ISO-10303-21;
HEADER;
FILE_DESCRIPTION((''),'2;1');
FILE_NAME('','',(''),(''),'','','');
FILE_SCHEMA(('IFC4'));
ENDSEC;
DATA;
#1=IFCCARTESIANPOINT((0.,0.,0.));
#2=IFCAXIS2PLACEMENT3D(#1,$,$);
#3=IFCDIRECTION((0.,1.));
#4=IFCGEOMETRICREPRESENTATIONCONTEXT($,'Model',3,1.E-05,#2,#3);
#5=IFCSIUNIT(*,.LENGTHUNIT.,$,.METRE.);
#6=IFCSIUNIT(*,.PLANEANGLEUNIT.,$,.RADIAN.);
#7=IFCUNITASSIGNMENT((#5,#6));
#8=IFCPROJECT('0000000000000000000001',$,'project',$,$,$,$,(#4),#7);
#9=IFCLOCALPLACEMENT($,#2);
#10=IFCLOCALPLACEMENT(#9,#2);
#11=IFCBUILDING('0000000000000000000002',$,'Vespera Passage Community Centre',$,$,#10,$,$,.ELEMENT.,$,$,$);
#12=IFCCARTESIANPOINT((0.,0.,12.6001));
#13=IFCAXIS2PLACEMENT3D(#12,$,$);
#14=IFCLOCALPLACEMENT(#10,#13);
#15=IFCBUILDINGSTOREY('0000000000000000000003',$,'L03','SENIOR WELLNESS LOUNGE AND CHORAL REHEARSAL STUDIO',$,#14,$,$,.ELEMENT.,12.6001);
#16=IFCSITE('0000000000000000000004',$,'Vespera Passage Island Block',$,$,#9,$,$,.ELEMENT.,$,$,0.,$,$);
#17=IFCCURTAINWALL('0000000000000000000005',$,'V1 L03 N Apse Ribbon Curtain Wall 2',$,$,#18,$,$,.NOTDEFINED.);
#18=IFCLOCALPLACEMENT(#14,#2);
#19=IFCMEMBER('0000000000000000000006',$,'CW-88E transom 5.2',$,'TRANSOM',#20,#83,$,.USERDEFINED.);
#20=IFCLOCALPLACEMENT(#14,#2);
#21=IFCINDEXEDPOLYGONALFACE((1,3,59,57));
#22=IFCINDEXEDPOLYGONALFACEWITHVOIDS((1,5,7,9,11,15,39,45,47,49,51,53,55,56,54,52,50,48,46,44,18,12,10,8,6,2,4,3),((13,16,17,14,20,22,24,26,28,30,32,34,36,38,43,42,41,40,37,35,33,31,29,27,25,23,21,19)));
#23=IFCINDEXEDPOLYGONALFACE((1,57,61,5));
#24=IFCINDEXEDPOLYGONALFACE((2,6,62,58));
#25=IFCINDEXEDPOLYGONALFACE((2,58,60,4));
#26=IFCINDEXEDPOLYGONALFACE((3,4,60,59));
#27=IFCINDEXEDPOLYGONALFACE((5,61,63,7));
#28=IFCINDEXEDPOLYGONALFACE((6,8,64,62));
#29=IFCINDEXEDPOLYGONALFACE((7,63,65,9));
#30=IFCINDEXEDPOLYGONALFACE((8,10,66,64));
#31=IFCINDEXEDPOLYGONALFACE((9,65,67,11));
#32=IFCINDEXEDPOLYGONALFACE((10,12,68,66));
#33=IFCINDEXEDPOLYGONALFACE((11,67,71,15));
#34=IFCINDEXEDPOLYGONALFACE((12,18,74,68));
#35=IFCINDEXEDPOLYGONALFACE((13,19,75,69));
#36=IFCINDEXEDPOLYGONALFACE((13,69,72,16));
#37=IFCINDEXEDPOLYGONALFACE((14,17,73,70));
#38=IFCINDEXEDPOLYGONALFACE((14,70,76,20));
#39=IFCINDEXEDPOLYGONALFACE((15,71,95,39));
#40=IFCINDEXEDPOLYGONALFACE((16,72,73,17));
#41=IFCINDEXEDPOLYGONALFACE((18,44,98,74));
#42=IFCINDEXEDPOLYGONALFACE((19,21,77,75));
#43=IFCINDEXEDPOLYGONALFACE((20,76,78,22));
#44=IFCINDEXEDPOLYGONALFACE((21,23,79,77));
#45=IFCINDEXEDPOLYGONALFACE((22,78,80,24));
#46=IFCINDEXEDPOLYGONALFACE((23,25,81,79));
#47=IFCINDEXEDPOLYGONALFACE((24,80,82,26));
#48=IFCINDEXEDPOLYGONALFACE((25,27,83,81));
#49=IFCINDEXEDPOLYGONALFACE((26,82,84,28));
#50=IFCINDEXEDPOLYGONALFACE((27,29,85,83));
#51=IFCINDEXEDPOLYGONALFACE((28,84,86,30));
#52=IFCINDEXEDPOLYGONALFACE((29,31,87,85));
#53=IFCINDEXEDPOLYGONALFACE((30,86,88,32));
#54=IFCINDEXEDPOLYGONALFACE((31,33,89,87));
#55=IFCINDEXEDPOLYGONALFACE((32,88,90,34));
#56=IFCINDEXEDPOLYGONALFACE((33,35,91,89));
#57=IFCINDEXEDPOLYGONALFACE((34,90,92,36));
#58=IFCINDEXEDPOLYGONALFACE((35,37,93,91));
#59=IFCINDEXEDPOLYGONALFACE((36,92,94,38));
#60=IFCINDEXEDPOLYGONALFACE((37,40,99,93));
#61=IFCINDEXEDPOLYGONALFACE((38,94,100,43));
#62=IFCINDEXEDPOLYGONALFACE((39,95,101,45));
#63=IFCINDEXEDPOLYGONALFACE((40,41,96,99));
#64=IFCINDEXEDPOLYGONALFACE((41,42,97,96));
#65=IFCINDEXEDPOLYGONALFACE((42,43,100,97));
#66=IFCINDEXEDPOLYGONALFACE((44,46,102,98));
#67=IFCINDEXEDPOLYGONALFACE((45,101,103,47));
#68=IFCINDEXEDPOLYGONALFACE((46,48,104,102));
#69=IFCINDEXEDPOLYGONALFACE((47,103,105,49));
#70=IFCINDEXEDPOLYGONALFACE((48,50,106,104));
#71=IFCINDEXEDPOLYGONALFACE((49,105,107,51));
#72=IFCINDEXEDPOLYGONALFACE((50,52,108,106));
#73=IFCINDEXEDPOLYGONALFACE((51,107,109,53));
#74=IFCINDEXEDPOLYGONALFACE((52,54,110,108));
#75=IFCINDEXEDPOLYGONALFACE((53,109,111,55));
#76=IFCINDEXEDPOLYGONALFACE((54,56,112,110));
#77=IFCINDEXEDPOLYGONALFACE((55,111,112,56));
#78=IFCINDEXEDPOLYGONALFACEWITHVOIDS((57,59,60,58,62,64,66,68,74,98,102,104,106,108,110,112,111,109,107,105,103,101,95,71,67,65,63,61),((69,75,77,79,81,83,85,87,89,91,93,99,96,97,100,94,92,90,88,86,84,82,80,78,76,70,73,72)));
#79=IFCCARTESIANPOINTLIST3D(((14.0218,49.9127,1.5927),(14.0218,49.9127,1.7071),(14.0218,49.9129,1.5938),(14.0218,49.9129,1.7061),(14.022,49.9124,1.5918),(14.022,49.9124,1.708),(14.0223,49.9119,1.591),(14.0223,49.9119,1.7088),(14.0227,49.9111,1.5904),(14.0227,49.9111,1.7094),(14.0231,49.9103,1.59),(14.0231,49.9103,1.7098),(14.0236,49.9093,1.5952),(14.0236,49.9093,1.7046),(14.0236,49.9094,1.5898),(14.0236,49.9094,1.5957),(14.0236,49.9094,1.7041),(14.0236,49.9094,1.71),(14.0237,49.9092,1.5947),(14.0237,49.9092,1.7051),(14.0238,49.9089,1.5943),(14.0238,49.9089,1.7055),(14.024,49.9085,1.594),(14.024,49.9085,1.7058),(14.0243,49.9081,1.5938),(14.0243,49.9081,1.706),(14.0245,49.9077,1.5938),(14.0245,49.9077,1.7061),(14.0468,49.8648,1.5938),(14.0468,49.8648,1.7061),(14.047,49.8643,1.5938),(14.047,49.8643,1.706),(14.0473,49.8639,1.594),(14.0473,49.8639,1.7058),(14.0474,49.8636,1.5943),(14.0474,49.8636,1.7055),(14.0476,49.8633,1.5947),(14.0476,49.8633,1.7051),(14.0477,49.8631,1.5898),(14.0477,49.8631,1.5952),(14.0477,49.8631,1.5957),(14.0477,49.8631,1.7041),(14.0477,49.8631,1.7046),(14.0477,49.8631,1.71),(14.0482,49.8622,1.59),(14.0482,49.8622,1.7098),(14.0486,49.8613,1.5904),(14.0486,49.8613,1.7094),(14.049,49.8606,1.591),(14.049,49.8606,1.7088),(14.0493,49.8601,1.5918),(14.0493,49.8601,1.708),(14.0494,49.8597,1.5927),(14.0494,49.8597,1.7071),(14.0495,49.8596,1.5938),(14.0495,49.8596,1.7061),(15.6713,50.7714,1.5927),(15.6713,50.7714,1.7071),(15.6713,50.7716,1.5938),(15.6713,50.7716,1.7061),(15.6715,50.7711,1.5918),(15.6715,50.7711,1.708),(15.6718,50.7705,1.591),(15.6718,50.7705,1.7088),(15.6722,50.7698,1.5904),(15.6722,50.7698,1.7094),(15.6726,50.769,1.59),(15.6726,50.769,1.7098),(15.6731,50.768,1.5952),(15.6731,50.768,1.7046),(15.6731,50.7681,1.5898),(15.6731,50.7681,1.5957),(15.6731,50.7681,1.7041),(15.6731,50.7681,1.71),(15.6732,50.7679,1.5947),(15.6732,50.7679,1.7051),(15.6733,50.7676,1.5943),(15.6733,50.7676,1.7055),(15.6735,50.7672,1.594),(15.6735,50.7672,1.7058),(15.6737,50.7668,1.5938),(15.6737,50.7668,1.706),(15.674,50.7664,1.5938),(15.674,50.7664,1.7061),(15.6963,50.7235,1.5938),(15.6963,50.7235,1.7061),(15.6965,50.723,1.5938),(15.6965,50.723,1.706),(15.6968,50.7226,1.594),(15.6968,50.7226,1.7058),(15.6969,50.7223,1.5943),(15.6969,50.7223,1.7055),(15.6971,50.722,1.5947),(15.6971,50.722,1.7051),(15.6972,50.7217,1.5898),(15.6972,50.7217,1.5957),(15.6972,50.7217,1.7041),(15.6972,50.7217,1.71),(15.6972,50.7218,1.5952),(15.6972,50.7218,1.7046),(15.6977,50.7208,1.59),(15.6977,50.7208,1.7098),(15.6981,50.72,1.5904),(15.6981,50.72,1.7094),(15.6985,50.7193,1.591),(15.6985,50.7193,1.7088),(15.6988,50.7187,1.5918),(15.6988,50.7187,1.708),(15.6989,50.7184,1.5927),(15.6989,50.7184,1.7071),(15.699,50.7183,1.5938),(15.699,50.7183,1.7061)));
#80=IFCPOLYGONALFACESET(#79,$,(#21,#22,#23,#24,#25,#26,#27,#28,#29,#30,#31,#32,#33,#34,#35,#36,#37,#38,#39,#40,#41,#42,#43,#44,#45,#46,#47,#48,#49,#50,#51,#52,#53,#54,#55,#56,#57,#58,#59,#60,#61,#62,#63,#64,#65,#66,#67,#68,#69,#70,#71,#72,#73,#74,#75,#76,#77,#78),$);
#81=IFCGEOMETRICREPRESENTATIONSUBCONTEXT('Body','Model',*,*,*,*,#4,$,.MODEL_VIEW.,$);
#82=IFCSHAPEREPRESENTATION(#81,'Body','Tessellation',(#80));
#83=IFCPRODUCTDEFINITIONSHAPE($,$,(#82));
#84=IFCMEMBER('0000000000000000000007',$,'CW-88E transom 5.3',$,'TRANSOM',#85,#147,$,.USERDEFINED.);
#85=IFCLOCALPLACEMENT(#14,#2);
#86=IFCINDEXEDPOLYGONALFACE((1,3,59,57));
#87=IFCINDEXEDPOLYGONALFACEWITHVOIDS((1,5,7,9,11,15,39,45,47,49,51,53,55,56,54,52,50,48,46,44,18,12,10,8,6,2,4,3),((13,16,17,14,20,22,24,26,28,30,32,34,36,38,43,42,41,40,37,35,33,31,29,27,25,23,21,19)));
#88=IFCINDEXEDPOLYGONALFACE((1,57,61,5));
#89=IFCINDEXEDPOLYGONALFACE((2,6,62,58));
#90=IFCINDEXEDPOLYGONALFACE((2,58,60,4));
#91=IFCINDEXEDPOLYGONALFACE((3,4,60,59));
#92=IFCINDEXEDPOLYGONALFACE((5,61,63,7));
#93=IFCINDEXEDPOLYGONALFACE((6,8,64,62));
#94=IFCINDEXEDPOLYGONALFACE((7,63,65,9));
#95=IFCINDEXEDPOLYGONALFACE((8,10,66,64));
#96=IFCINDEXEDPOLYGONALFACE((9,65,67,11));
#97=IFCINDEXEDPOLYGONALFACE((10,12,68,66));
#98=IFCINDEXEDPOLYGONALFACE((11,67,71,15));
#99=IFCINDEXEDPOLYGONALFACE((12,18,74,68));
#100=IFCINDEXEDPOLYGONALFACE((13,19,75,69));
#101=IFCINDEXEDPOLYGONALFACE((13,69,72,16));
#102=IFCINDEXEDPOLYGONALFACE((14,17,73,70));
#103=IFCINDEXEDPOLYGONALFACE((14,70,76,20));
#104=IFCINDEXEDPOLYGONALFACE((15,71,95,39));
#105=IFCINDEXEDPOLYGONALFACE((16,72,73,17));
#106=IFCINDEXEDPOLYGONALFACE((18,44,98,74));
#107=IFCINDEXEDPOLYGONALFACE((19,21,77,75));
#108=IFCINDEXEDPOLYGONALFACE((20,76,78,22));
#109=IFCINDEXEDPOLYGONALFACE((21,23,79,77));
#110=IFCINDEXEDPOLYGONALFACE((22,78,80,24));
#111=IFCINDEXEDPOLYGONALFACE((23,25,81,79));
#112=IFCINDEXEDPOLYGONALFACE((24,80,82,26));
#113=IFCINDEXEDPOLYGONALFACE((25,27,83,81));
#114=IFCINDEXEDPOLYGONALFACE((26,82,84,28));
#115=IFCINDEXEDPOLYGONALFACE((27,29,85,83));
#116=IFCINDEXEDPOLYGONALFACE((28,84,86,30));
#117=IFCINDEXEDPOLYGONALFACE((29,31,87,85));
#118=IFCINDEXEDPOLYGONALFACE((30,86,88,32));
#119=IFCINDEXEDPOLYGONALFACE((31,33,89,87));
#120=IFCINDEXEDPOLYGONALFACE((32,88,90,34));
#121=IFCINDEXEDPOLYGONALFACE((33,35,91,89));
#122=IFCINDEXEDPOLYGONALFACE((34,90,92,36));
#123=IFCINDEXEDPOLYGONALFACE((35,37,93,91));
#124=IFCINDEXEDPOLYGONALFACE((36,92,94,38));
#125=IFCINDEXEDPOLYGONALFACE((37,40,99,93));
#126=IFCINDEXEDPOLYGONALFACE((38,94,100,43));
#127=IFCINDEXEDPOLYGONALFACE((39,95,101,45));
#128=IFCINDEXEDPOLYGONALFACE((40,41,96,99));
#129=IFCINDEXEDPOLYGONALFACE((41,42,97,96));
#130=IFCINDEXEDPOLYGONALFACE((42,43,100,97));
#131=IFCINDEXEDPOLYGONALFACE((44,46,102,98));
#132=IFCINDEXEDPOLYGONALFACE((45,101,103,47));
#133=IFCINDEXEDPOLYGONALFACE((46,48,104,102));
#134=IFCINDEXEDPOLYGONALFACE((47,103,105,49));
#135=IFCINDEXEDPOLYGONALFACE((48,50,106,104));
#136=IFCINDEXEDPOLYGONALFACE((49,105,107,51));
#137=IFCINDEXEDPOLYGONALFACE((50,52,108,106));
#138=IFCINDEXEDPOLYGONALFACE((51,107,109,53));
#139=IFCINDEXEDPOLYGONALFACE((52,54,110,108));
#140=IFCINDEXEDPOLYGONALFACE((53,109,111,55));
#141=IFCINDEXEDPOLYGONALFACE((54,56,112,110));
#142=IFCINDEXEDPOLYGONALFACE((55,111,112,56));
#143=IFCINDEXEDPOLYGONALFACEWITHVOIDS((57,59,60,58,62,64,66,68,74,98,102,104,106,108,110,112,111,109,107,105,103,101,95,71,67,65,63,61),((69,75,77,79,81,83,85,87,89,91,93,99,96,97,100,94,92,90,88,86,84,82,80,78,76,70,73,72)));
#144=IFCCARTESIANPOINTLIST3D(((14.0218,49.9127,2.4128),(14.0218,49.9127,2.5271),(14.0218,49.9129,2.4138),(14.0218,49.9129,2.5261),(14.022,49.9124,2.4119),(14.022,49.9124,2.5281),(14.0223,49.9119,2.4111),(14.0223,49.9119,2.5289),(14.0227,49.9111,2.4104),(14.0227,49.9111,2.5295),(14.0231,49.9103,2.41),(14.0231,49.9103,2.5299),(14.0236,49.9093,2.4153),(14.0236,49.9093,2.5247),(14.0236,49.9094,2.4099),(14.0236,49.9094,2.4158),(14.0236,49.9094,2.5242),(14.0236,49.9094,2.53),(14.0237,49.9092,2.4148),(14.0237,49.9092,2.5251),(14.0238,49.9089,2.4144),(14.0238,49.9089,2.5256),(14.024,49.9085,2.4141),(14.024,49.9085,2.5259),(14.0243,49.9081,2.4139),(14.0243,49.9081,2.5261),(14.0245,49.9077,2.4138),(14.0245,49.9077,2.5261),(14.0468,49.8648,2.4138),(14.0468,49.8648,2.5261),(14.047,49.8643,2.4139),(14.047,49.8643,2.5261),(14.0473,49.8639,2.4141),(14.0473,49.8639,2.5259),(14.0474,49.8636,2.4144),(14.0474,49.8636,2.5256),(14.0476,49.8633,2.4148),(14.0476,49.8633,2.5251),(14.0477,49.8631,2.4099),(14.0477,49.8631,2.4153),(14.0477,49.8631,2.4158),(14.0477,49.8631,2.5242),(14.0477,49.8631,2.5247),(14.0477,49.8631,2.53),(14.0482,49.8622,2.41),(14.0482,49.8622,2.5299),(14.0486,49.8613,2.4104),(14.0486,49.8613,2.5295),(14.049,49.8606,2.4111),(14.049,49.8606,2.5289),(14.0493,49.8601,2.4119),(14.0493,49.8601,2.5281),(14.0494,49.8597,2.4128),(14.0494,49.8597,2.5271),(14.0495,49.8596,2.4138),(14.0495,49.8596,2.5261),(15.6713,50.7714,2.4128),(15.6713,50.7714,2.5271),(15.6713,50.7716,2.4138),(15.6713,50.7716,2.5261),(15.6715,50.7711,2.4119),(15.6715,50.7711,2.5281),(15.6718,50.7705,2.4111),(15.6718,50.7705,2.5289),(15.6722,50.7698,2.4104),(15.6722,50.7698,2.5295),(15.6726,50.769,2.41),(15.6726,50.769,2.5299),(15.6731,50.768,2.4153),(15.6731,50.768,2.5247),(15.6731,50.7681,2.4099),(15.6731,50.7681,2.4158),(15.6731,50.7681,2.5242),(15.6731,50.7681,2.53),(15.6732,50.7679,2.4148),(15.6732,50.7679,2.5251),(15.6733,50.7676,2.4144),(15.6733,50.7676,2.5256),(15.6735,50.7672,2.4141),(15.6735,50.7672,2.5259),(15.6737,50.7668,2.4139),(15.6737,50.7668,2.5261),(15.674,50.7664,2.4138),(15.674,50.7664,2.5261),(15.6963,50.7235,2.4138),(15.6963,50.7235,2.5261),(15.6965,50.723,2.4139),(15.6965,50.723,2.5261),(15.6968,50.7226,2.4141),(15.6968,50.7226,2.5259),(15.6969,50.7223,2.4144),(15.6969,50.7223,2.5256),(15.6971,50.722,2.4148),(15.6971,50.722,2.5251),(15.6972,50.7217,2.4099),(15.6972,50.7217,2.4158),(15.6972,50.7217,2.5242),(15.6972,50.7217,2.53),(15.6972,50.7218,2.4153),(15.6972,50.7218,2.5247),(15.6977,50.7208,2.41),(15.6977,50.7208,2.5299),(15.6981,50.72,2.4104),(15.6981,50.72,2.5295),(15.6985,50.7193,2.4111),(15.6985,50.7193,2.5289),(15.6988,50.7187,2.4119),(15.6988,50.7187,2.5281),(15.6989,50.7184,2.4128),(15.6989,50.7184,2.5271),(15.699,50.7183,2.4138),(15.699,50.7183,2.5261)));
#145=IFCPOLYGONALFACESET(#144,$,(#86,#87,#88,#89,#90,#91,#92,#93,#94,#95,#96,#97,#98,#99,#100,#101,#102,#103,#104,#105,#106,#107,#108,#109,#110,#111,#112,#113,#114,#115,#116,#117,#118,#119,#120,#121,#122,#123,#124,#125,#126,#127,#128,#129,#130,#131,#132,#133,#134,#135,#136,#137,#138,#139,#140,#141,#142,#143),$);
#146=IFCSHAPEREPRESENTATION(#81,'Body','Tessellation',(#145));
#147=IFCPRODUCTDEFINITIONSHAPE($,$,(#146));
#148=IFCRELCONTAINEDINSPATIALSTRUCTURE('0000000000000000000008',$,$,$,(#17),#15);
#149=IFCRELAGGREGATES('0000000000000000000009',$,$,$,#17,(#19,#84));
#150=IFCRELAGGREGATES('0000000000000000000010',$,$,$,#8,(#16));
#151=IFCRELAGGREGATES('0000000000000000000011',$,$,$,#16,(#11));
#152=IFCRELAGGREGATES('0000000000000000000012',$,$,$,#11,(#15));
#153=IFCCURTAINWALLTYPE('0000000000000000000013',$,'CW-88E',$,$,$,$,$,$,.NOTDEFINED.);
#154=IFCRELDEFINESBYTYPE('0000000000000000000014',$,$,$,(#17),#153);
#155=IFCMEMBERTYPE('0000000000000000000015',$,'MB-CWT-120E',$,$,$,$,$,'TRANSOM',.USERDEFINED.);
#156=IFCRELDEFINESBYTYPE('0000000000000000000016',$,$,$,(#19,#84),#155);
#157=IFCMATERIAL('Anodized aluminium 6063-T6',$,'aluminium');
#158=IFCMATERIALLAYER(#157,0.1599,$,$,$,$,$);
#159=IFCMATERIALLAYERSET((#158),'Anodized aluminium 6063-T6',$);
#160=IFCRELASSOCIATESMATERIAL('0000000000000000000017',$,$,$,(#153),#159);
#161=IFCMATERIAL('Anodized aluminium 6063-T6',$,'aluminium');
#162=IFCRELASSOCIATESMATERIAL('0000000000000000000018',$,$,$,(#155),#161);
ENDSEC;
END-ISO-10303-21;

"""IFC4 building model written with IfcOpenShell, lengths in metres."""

from ifc_helpers import new_model, si_unit, direction, frame, origin, origin_2d, place, context, subcontext, project, spatial, hollow_rectangle, extrude, material, layer, layer_set, material_profile, profile_set, type_object, element, aggregate, save


model = new_model("IFC4")

# Units and contexts
model_context = context("Model", 3, precision=1e-05, world=origin(), true_north=direction((0.0, 1.0)))
body_context = subcontext(model_context, "Body", "Model", "MODEL_VIEW")
ifc_project = project(units=[si_unit("LENGTHUNIT", "METRE"), si_unit("PLANEANGLEUNIT", "RADIAN")], contexts=[model_context])

# Site, building, storey
site_placement = place(None, origin())
site = spatial("IfcSite", under=ifc_project, at=site_placement, Name="Vespera Passage Island Block", CompositionType="ELEMENT", RefElevation=0.0)
building_placement = place(site_placement, origin())
building = spatial("IfcBuilding", under=site, at=building_placement, Name="Vespera Passage Community Centre", CompositionType="ELEMENT")
storey_placement = place(building_placement, frame((0.0, 0.0, 12.6001)))
storey = spatial("IfcBuildingStorey", under=building, at=storey_placement, Name="L03", Description="SENIOR WELLNESS LOUNGE AND CHORAL REHEARSAL STUDIO", CompositionType="ELEMENT", Elevation=12.6001)

# Curtain wall, members
ifc_material_1 = material(Name="Anodized aluminium 6063-T6", Category="aluminium")
ifc_layer_1 = layer(ifc_material_1, 0.1599)
ifc_layer_set_1 = layer_set([ifc_layer_1], Name="Anodized aluminium 6063-T6")
curtain_wall_type = type_object("IfcCurtainWallType", Name="CW-88E", PredefinedType="NOTDEFINED", material=ifc_layer_set_1)
curtain_wall_placement = place(storey_placement, origin())
curtain_wall = element("IfcCurtainWall", 1, at=curtain_wall_placement, inside=storey, type_object=curtain_wall_type, Name="V1 L03 N Apse Ribbon Curtain Wall 2", PredefinedType="NOTDEFINED")
ifc_material_2 = material(Name="Anodized aluminium 6063-T6", Category="aluminium")
ifc_material_profile_1 = material_profile(ifc_material_2, hollow_rectangle(XDim=0.0601, YDim=0.1201, WallThickness=0.0039, InnerFilletRadius=0.002, OuterFilletRadius=0.0039, at=origin_2d()), Name="ALU120X60X4")
ifc_profile_set_1 = profile_set([ifc_material_profile_1], Name="Anodized aluminium 6063-T6")
member_type_1 = type_object("IfcMemberType", Name="MB-CWT-120E", ElementType="TRANSOM", PredefinedType="USERDEFINED", material=ifc_profile_set_1)
member_1_placement = place(storey_placement, frame((14.0356, 49.8862, 1.6499), z_axis=(0.887008, 0.461754, 0.0), x_axis=(-0.461754, 0.887008, 0.0)))
member_1 = element("IfcMember", 2, at=member_1_placement, type_object=member_type_1, Name="CW-88E transom 5.2", ObjectType="TRANSOM", PredefinedType="USERDEFINED", context=body_context, shape_type="SweptSolid", body=[
    extrude(hollow_rectangle(XDim=0.0601, YDim=0.1201, WallThickness=0.0039, InnerFilletRadius=0.002, OuterFilletRadius=0.0039, at=origin_2d()), origin(), (0.0, 0.0, 1.0), 1.8596),
])
member_2_placement = place(storey_placement, frame((14.0356, 49.8862, 2.47), z_axis=(0.887008, 0.461754, 0.0), x_axis=(-0.461754, 0.887008, 0.0)))
member_2 = element("IfcMember", 3, at=member_2_placement, type_object=member_type_1, Name="CW-88E transom 5.3", ObjectType="TRANSOM", PredefinedType="USERDEFINED", context=body_context, shape_type="SweptSolid", body=[
    extrude(hollow_rectangle(XDim=0.0601, YDim=0.1201, WallThickness=0.0039, InnerFilletRadius=0.002, OuterFilletRadius=0.0039, at=origin_2d()), origin(), (0.0, 0.0, 1.0), 1.8596),
])
aggregate(curtain_wall, [member_1, member_2])

save(model, "model.ifc")
